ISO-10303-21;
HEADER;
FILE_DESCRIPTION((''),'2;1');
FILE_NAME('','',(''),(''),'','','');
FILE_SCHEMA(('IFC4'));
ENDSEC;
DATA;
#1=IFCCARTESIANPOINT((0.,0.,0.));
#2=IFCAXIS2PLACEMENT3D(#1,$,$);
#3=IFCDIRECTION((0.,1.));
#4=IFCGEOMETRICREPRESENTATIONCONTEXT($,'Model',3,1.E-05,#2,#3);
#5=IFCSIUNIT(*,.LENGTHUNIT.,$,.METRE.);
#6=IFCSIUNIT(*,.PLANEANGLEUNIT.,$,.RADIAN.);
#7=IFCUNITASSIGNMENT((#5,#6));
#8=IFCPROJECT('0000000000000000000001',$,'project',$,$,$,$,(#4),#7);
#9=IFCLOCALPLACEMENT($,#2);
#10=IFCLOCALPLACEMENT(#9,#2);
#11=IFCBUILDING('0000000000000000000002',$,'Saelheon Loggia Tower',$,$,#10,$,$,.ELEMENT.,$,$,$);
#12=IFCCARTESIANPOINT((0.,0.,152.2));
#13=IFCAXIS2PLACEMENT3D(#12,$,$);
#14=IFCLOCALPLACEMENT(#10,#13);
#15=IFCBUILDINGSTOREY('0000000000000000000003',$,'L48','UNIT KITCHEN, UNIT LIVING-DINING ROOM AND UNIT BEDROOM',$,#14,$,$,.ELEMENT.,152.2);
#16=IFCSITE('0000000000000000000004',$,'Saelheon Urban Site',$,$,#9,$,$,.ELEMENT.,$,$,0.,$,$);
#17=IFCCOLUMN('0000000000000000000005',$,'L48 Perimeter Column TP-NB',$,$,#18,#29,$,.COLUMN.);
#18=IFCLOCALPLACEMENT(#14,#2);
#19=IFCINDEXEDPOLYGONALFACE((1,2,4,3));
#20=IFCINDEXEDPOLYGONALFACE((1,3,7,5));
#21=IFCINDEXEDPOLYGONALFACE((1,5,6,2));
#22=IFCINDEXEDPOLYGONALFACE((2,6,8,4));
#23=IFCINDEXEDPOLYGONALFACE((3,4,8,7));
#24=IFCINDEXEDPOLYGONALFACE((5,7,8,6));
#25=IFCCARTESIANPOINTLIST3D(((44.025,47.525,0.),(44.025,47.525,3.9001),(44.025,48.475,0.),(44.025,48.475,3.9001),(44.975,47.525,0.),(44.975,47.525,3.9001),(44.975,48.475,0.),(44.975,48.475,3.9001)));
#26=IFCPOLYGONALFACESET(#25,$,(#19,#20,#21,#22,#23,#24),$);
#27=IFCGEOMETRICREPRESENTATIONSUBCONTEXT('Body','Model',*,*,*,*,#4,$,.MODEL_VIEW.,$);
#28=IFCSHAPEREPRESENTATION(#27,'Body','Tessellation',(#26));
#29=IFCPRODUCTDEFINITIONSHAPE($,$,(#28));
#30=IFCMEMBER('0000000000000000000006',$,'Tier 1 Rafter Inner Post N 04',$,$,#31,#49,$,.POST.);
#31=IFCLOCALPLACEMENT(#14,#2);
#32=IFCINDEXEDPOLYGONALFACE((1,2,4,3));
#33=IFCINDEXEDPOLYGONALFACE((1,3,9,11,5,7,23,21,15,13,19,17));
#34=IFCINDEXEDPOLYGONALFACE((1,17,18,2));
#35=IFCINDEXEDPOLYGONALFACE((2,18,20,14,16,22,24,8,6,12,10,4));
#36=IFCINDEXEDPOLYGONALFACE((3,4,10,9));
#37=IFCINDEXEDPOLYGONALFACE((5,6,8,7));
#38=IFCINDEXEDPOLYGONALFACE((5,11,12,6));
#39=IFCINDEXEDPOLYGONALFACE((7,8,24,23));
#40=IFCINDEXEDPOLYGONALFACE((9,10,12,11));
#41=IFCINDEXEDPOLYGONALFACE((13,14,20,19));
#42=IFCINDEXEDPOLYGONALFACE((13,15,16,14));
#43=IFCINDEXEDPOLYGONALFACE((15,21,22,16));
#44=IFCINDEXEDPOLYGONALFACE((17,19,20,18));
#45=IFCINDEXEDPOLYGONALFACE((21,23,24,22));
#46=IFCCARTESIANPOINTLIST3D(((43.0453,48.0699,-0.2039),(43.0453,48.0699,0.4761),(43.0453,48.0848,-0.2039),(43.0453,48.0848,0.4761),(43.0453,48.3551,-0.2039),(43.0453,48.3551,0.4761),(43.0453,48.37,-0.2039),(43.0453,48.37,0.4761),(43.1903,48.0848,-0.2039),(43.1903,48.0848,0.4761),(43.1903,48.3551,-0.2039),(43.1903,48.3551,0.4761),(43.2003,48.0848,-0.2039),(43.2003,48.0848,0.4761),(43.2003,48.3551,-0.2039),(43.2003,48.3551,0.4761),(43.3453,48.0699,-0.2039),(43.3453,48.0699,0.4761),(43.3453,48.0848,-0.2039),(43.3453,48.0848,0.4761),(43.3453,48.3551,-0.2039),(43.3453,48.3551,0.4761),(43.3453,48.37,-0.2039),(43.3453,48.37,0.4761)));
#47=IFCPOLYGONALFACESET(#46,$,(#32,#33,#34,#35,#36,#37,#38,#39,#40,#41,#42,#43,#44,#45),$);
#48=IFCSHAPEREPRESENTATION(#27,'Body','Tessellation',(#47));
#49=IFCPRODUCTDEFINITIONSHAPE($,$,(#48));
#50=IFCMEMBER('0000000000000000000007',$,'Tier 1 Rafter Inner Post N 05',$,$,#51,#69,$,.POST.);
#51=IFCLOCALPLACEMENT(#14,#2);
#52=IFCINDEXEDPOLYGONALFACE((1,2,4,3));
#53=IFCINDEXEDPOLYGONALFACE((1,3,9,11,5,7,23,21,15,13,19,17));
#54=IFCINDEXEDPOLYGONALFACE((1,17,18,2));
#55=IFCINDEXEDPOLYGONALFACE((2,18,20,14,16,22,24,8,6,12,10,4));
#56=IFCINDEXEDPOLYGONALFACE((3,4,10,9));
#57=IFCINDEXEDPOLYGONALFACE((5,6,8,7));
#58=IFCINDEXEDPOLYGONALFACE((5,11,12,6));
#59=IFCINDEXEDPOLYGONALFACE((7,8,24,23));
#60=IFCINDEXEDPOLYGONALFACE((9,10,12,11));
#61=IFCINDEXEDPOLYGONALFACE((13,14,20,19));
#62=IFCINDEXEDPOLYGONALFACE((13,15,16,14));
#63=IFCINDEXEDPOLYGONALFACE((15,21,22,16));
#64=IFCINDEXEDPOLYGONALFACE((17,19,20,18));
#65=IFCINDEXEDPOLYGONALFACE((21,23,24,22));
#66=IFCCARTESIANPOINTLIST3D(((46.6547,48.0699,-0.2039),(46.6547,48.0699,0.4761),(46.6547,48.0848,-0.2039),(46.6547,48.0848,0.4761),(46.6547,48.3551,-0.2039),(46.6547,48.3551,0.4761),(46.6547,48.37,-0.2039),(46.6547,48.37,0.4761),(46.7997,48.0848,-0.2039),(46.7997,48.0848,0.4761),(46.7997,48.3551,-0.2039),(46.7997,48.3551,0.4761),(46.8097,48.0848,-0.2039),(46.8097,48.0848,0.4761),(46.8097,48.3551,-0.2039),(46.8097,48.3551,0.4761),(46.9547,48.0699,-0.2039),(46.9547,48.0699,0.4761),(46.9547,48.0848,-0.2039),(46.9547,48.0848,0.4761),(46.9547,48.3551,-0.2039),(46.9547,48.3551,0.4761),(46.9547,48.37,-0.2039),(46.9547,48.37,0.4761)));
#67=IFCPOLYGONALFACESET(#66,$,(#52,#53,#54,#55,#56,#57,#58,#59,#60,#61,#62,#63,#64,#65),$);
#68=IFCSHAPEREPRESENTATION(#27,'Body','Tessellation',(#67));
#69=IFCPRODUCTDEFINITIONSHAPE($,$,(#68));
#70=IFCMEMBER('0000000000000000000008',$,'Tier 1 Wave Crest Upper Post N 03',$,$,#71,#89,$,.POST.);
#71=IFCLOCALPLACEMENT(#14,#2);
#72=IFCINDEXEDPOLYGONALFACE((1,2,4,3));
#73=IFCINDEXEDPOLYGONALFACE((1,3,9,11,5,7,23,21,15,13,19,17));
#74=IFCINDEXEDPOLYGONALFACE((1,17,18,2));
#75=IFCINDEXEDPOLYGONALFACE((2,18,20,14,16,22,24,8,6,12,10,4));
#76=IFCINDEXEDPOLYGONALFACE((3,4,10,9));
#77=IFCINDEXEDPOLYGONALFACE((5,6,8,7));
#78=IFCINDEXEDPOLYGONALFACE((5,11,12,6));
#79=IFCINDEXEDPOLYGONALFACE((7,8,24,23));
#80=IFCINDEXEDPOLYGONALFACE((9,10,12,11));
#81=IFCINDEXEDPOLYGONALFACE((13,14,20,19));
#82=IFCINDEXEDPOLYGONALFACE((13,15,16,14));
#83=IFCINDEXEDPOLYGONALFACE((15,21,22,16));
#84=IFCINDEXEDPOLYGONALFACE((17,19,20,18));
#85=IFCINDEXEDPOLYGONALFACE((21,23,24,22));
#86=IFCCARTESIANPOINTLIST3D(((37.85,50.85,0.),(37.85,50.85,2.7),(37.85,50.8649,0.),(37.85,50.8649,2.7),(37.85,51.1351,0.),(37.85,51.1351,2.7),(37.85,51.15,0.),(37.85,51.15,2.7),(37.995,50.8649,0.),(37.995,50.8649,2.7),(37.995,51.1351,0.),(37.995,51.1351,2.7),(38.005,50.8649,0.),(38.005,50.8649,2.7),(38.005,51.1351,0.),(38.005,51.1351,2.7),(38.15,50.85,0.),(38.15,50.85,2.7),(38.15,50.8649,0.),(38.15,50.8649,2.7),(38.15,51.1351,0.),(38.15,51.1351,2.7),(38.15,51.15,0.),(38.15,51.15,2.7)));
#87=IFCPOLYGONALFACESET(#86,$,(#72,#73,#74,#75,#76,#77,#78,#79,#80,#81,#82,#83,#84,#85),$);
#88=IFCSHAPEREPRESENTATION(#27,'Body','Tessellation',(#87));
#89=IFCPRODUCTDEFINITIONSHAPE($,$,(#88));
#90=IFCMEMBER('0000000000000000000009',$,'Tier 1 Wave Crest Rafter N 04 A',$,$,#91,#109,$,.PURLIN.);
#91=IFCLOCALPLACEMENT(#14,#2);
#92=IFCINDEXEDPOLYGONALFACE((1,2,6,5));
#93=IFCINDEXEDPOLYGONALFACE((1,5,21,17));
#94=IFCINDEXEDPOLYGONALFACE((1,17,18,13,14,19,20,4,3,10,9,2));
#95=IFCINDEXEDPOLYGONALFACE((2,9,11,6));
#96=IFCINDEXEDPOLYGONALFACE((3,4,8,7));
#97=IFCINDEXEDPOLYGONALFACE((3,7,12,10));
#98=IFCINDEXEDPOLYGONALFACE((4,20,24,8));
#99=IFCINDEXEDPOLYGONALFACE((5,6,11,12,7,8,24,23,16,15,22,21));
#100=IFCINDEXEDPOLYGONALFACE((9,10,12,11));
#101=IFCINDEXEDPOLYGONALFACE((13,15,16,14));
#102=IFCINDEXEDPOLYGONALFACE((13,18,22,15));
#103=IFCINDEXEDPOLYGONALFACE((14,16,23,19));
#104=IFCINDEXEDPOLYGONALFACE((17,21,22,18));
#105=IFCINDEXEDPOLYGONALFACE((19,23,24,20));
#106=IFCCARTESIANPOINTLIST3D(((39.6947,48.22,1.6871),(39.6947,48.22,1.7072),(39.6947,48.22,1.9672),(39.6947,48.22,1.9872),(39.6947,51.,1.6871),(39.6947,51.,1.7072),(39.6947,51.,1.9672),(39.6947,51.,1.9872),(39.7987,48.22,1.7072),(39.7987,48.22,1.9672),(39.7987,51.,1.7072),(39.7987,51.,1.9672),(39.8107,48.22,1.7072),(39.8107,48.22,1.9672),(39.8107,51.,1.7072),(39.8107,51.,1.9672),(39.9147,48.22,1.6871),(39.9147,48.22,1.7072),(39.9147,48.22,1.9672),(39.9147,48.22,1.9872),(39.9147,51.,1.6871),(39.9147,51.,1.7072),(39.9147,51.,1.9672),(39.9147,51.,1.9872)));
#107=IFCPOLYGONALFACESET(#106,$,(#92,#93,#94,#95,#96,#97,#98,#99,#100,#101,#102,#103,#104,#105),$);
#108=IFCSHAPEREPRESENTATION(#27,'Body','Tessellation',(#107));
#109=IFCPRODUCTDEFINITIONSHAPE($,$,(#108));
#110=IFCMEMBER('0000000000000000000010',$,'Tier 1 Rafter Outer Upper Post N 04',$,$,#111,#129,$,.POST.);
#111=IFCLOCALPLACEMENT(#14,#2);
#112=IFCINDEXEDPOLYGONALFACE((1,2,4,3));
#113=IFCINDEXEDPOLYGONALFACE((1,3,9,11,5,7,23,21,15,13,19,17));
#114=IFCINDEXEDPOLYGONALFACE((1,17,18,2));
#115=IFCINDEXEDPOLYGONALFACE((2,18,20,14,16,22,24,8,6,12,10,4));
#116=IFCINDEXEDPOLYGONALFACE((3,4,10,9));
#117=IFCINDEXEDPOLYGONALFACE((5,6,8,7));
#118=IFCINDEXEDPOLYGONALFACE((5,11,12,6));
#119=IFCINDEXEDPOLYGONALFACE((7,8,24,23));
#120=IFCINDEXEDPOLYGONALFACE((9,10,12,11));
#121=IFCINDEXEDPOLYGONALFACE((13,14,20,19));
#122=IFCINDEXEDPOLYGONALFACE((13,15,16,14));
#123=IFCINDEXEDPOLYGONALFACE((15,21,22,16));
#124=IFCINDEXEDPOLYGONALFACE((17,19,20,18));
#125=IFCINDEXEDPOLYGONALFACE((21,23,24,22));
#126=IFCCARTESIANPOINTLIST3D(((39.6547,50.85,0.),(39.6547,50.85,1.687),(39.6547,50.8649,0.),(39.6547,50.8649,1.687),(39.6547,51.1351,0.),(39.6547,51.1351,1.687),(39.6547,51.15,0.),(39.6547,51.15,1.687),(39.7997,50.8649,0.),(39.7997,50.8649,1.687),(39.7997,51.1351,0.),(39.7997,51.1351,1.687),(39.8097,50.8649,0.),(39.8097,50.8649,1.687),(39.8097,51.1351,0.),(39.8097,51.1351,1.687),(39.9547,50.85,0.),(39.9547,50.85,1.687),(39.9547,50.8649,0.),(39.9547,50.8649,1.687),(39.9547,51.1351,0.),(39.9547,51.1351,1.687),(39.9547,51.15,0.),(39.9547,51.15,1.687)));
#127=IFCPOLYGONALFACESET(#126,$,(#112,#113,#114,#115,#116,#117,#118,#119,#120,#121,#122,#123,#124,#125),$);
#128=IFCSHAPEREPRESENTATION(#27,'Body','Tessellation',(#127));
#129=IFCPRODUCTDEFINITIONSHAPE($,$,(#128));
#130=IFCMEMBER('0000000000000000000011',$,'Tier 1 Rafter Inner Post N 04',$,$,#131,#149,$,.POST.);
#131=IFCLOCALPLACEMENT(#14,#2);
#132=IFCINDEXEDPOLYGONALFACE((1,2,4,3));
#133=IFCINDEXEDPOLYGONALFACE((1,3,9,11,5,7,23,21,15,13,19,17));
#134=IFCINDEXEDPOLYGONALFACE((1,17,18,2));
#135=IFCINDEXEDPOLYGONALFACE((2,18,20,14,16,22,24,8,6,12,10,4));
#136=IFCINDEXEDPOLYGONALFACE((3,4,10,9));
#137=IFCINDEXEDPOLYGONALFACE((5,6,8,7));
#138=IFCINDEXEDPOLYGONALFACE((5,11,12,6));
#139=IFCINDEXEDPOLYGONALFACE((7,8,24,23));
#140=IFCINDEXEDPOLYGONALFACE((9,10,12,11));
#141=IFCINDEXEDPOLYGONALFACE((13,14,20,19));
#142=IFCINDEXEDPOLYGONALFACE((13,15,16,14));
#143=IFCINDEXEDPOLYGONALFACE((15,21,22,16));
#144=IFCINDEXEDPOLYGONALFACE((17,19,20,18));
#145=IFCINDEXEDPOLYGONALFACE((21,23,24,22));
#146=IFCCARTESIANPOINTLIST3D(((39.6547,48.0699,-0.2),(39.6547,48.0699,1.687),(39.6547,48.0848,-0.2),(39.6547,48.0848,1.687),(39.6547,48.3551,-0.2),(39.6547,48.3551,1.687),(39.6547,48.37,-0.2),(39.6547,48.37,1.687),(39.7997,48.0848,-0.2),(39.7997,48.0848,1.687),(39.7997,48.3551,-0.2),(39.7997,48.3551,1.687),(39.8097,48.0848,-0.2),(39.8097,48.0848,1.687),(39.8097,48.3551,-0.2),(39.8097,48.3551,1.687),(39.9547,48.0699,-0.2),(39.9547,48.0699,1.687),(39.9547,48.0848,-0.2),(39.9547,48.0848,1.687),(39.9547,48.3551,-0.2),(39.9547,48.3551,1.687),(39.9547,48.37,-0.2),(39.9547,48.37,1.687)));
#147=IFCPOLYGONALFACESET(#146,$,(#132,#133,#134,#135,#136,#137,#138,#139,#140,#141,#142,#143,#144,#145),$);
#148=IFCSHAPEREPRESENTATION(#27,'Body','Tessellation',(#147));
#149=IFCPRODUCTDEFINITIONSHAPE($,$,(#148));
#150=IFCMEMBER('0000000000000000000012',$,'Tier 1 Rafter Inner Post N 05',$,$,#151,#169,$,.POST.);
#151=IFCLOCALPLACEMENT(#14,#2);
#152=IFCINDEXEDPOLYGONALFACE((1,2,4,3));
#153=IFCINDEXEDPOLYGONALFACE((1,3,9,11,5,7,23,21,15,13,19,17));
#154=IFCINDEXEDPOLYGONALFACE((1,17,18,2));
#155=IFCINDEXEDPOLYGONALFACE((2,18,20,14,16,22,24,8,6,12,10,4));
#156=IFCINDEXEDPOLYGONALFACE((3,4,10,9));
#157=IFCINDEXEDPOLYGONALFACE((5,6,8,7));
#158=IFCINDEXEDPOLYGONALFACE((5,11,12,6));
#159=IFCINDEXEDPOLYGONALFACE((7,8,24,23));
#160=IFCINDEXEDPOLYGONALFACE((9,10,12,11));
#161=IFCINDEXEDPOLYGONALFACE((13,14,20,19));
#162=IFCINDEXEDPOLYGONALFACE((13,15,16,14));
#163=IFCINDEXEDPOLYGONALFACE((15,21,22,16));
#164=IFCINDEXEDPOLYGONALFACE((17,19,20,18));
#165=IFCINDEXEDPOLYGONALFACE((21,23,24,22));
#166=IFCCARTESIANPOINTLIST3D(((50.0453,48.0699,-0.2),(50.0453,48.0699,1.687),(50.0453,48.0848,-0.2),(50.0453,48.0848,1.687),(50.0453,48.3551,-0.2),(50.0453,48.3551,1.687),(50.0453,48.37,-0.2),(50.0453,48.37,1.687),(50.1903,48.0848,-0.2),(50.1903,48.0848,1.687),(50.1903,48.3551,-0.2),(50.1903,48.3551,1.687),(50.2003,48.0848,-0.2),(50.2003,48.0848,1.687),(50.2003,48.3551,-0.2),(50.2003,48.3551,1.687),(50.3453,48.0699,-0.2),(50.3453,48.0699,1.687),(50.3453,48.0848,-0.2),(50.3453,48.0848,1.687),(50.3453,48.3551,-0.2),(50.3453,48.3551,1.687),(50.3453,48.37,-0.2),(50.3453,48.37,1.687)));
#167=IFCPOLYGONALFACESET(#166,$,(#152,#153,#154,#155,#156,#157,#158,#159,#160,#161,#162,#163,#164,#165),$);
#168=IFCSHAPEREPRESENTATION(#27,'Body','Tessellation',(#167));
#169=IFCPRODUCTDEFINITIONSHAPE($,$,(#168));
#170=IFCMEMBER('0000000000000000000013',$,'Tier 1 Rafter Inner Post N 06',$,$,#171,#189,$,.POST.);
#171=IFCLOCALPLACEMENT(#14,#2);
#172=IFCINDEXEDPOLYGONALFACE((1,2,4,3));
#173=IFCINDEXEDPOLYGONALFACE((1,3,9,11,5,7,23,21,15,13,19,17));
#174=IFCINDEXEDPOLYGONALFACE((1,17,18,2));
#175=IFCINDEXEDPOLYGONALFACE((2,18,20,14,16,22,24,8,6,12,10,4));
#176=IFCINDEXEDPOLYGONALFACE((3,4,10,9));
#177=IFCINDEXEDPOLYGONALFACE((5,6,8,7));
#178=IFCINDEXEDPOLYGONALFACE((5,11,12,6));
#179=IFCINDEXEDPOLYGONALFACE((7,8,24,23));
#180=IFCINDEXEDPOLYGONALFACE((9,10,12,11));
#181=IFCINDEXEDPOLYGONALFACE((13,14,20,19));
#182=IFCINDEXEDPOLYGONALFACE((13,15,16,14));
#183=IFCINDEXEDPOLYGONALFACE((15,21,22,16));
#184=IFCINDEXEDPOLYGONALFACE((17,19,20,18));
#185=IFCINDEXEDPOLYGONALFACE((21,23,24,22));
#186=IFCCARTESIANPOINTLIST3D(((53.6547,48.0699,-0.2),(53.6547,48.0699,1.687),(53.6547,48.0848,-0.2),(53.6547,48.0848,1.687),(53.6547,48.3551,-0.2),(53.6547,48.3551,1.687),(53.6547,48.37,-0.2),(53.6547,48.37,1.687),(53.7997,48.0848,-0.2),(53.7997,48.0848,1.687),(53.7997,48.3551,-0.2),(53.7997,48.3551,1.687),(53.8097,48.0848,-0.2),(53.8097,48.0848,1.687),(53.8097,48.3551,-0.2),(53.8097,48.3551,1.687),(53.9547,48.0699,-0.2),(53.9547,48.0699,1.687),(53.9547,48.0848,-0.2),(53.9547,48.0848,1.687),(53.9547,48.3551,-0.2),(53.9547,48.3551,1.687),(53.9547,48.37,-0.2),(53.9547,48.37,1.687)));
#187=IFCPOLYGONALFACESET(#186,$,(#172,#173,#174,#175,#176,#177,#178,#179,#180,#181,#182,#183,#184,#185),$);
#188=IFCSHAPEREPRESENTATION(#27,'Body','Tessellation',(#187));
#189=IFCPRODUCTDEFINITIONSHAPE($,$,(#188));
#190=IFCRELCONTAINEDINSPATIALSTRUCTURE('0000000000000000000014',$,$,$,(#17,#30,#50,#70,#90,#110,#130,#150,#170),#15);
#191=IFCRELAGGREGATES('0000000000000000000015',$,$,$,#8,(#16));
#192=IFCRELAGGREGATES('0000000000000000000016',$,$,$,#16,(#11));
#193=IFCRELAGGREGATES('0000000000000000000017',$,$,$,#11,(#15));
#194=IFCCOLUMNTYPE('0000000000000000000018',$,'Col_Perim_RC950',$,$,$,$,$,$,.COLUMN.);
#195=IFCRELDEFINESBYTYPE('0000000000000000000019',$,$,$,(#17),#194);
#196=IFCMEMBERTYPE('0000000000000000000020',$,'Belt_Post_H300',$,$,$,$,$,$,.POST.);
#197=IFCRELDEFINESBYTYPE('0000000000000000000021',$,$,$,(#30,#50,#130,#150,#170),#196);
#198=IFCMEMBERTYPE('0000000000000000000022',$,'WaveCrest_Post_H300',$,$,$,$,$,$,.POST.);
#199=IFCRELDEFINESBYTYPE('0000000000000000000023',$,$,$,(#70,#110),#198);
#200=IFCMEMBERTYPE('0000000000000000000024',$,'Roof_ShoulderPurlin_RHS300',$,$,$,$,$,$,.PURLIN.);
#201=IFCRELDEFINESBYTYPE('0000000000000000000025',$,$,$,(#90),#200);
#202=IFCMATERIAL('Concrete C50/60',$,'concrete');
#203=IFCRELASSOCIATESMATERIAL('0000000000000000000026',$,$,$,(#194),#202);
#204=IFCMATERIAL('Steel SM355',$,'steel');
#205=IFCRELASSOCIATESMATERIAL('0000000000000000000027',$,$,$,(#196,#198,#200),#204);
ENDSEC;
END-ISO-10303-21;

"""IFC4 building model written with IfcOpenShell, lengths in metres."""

from ifc_helpers import new_model, si_unit, direction, frame, origin, origin_2d, place, context, subcontext, project, spatial, rectangle, i_section, extrude, source, transform, mapped, material, material_profile, profile_set, type_object, element, save


model = new_model("IFC4")

# Units and contexts
model_context = context("Model", 3, precision=1e-05, world=origin(), true_north=direction((0.0, 1.0)))
body_context = subcontext(model_context, "Body", "Model", "MODEL_VIEW")
ifc_project = project(units=[si_unit("LENGTHUNIT", "METRE"), si_unit("PLANEANGLEUNIT", "RADIAN")], contexts=[model_context])

# Site, building, storey
site_placement = place(None, origin())
site = spatial("IfcSite", under=ifc_project, at=site_placement, Name="Saelheon Urban Site", CompositionType="ELEMENT", RefElevation=0.0)
building_placement = place(site_placement, origin())
building = spatial("IfcBuilding", under=site, at=building_placement, Name="Saelheon Loggia Tower", CompositionType="ELEMENT")
storey_placement = place(building_placement, frame((0.0, 0.0, 152.2)))
storey = spatial("IfcBuildingStorey", under=building, at=storey_placement, Name="L48", Description="UNIT KITCHEN, UNIT LIVING-DINING ROOM AND UNIT BEDROOM", CompositionType="ELEMENT", Elevation=152.2)

# Column
ifc_material_1 = material(Name="Concrete C50/60", Category="concrete")
ifc_material_profile_1 = material_profile(ifc_material_1, rectangle(XDim=0.95, YDim=0.95, at=origin_2d()), Name="RC-950x950")
ifc_profile_set_1 = profile_set([ifc_material_profile_1], Name="Concrete C50/60")
column_type = type_object("IfcColumnType", Name="Col_Perim_RC950", PredefinedType="COLUMN", material=ifc_profile_set_1)
shared_shape_1 = source(origin(), body_context, "Body", "SweptSolid", [
    extrude(rectangle(XDim=0.95, YDim=0.95, at=origin_2d()), origin(), (0.0, 0.0, 1.0), 3.9001),
])
column_placement = place(storey_placement, frame((44.5, 48.0, 0.0), z_axis=(0.0, 0.0, 1.0), x_axis=(1.0, 0.0, 0.0)))
element("IfcColumn", 1, at=column_placement, inside=storey, type_object=column_type, Name="L48 Perimeter Column TP-NB", PredefinedType="COLUMN", context=body_context, shape_type="MappedRepresentation", body=[
    mapped(shared_shape_1, transform((0.0, 0.0, 0.0), scale=1.0)),
])

# Members
ifc_material_2 = material(Name="Steel SM355", Category="steel")
ifc_material_profile_2 = material_profile(ifc_material_2, i_section(OverallWidth=0.3, OverallDepth=0.3, WebThickness=0.01, FlangeThickness=0.0149, at=origin_2d()), Name="H-300x300x10x15")
ifc_profile_set_2 = profile_set([ifc_material_profile_2], Name="Steel SM355")
member_type_1 = type_object("IfcMemberType", Name="Belt_Post_H300", PredefinedType="POST", material=ifc_profile_set_2)
shared_shape_2 = source(origin(), body_context, "Body", "SweptSolid", [
    extrude(i_section(OverallWidth=0.3, OverallDepth=0.3, WebThickness=0.01, FlangeThickness=0.0149, at=origin_2d()), origin(), (0.0, 0.0, 1.0), 0.6799),
])
for number, where, z_axis, x_axis, name in (
    (2, (43.1953, 48.22, -0.2039), (0.0, 0.0, 1.0), (1.0, 0.0, 0.0), "Tier 1 Rafter Inner Post N 04"),
    (3, (46.8047, 48.22, -0.2039), (0.0, 0.0, 1.0), (1.0, 0.0, 0.0), "Tier 1 Rafter Inner Post N 05"),
):
    element("IfcMember", number, at=place(storey_placement, frame(where, z_axis=z_axis, x_axis=x_axis)), inside=storey, type_object=member_type_1, Name=name, PredefinedType="POST", context=body_context, shape_type="MappedRepresentation", body=[
        mapped(shared_shape_2, transform((0.0, 0.0, 0.0), scale=1.0)),
    ])
ifc_material_profile_3 = material_profile(ifc_material_2, i_section(OverallWidth=0.3, OverallDepth=0.3, WebThickness=0.01, FlangeThickness=0.0149, at=origin_2d()), Name="H-300x300x10x15")
ifc_profile_set_3 = profile_set([ifc_material_profile_3], Name="Steel SM355")
member_type_2 = type_object("IfcMemberType", Name="WaveCrest_Post_H300", PredefinedType="POST", material=ifc_profile_set_3)
shared_shape_3 = source(origin(), body_context, "Body", "SweptSolid", [
    extrude(i_section(OverallWidth=0.3, OverallDepth=0.3, WebThickness=0.01, FlangeThickness=0.0149, at=origin_2d()), origin(), (0.0, 0.0, 1.0), 2.7),
])
member_1_placement = place(storey_placement, frame((38.0, 51.0, 0.0), z_axis=(0.0, 0.0, 1.0), x_axis=(1.0, 0.0, 0.0)))
element("IfcMember", 4, at=member_1_placement, inside=storey, type_object=member_type_2, Name="Tier 1 Wave Crest Upper Post N 03", PredefinedType="POST", context=body_context, shape_type="MappedRepresentation", body=[
    mapped(shared_shape_3, transform((0.0, 0.0, 0.0), scale=1.0)),
])
ifc_material_profile_4 = material_profile(ifc_material_2, i_section(OverallWidth=0.22, OverallDepth=0.3, WebThickness=0.012, FlangeThickness=0.02, at=origin_2d()), Name="H-300x220x12x20")
ifc_profile_set_4 = profile_set([ifc_material_profile_4], Name="Steel SM355")
member_type_3 = type_object("IfcMemberType", Name="Roof_ShoulderPurlin_RHS300", PredefinedType="PURLIN", material=ifc_profile_set_4)
shared_shape_4 = source(origin(), body_context, "Body", "SweptSolid", [
    extrude(i_section(OverallWidth=0.22, OverallDepth=0.3, WebThickness=0.012, FlangeThickness=0.02, at=origin_2d()), origin(), (0.0, 0.0, 1.0), 2.78),
])
member_2_placement = place(storey_placement, frame((39.8047, 51.0, 1.8372), z_axis=(0.0, -1.0, 0.0), x_axis=(1.0, 0.0, 0.0)))
element("IfcMember", 5, at=member_2_placement, inside=storey, type_object=member_type_3, Name="Tier 1 Wave Crest Rafter N 04 A", PredefinedType="PURLIN", context=body_context, shape_type="MappedRepresentation", body=[
    mapped(shared_shape_4, transform((0.0, 0.0, 0.0), scale=1.0)),
])
shared_shape_5 = source(origin(), body_context, "Body", "SweptSolid", [
    extrude(i_section(OverallWidth=0.3, OverallDepth=0.3, WebThickness=0.01, FlangeThickness=0.0149, at=origin_2d()), origin(), (0.0, 0.0, 1.0), 1.687),
])
member_3_placement = place(storey_placement, frame((39.8047, 51.0, 0.0), z_axis=(0.0, 0.0, 1.0), x_axis=(1.0, 0.0, 0.0)))
element("IfcMember", 6, at=member_3_placement, inside=storey, type_object=member_type_2, Name="Tier 1 Rafter Outer Upper Post N 04", PredefinedType="POST", context=body_context, shape_type="MappedRepresentation", body=[
    mapped(shared_shape_5, transform((0.0, 0.0, 0.0), scale=1.0)),
])
shared_shape_6 = source(origin(), body_context, "Body", "SweptSolid", [
    extrude(i_section(OverallWidth=0.3, OverallDepth=0.3, WebThickness=0.01, FlangeThickness=0.0149, at=origin_2d()), origin(), (0.0, 0.0, 1.0), 1.887),
])
for number, where, z_axis, x_axis, name in (
    (7, (39.8047, 48.22, -0.2), (0.0, 0.0, 1.0), (1.0, 0.0, 0.0), "Tier 1 Rafter Inner Post N 04"),
    (8, (50.1953, 48.22, -0.2), (0.0, 0.0, 1.0), (1.0, 0.0, 0.0), "Tier 1 Rafter Inner Post N 05"),
    (9, (53.8047, 48.22, -0.2), (0.0, 0.0, 1.0), (1.0, 0.0, 0.0), "Tier 1 Rafter Inner Post N 06"),
):
    element("IfcMember", number, at=place(storey_placement, frame(where, z_axis=z_axis, x_axis=x_axis)), inside=storey, type_object=member_type_1, Name=name, PredefinedType="POST", context=body_context, shape_type="MappedRepresentation", body=[
        mapped(shared_shape_6, transform((0.0, 0.0, 0.0), scale=1.0)),
    ])

save(model, "model.ifc")
